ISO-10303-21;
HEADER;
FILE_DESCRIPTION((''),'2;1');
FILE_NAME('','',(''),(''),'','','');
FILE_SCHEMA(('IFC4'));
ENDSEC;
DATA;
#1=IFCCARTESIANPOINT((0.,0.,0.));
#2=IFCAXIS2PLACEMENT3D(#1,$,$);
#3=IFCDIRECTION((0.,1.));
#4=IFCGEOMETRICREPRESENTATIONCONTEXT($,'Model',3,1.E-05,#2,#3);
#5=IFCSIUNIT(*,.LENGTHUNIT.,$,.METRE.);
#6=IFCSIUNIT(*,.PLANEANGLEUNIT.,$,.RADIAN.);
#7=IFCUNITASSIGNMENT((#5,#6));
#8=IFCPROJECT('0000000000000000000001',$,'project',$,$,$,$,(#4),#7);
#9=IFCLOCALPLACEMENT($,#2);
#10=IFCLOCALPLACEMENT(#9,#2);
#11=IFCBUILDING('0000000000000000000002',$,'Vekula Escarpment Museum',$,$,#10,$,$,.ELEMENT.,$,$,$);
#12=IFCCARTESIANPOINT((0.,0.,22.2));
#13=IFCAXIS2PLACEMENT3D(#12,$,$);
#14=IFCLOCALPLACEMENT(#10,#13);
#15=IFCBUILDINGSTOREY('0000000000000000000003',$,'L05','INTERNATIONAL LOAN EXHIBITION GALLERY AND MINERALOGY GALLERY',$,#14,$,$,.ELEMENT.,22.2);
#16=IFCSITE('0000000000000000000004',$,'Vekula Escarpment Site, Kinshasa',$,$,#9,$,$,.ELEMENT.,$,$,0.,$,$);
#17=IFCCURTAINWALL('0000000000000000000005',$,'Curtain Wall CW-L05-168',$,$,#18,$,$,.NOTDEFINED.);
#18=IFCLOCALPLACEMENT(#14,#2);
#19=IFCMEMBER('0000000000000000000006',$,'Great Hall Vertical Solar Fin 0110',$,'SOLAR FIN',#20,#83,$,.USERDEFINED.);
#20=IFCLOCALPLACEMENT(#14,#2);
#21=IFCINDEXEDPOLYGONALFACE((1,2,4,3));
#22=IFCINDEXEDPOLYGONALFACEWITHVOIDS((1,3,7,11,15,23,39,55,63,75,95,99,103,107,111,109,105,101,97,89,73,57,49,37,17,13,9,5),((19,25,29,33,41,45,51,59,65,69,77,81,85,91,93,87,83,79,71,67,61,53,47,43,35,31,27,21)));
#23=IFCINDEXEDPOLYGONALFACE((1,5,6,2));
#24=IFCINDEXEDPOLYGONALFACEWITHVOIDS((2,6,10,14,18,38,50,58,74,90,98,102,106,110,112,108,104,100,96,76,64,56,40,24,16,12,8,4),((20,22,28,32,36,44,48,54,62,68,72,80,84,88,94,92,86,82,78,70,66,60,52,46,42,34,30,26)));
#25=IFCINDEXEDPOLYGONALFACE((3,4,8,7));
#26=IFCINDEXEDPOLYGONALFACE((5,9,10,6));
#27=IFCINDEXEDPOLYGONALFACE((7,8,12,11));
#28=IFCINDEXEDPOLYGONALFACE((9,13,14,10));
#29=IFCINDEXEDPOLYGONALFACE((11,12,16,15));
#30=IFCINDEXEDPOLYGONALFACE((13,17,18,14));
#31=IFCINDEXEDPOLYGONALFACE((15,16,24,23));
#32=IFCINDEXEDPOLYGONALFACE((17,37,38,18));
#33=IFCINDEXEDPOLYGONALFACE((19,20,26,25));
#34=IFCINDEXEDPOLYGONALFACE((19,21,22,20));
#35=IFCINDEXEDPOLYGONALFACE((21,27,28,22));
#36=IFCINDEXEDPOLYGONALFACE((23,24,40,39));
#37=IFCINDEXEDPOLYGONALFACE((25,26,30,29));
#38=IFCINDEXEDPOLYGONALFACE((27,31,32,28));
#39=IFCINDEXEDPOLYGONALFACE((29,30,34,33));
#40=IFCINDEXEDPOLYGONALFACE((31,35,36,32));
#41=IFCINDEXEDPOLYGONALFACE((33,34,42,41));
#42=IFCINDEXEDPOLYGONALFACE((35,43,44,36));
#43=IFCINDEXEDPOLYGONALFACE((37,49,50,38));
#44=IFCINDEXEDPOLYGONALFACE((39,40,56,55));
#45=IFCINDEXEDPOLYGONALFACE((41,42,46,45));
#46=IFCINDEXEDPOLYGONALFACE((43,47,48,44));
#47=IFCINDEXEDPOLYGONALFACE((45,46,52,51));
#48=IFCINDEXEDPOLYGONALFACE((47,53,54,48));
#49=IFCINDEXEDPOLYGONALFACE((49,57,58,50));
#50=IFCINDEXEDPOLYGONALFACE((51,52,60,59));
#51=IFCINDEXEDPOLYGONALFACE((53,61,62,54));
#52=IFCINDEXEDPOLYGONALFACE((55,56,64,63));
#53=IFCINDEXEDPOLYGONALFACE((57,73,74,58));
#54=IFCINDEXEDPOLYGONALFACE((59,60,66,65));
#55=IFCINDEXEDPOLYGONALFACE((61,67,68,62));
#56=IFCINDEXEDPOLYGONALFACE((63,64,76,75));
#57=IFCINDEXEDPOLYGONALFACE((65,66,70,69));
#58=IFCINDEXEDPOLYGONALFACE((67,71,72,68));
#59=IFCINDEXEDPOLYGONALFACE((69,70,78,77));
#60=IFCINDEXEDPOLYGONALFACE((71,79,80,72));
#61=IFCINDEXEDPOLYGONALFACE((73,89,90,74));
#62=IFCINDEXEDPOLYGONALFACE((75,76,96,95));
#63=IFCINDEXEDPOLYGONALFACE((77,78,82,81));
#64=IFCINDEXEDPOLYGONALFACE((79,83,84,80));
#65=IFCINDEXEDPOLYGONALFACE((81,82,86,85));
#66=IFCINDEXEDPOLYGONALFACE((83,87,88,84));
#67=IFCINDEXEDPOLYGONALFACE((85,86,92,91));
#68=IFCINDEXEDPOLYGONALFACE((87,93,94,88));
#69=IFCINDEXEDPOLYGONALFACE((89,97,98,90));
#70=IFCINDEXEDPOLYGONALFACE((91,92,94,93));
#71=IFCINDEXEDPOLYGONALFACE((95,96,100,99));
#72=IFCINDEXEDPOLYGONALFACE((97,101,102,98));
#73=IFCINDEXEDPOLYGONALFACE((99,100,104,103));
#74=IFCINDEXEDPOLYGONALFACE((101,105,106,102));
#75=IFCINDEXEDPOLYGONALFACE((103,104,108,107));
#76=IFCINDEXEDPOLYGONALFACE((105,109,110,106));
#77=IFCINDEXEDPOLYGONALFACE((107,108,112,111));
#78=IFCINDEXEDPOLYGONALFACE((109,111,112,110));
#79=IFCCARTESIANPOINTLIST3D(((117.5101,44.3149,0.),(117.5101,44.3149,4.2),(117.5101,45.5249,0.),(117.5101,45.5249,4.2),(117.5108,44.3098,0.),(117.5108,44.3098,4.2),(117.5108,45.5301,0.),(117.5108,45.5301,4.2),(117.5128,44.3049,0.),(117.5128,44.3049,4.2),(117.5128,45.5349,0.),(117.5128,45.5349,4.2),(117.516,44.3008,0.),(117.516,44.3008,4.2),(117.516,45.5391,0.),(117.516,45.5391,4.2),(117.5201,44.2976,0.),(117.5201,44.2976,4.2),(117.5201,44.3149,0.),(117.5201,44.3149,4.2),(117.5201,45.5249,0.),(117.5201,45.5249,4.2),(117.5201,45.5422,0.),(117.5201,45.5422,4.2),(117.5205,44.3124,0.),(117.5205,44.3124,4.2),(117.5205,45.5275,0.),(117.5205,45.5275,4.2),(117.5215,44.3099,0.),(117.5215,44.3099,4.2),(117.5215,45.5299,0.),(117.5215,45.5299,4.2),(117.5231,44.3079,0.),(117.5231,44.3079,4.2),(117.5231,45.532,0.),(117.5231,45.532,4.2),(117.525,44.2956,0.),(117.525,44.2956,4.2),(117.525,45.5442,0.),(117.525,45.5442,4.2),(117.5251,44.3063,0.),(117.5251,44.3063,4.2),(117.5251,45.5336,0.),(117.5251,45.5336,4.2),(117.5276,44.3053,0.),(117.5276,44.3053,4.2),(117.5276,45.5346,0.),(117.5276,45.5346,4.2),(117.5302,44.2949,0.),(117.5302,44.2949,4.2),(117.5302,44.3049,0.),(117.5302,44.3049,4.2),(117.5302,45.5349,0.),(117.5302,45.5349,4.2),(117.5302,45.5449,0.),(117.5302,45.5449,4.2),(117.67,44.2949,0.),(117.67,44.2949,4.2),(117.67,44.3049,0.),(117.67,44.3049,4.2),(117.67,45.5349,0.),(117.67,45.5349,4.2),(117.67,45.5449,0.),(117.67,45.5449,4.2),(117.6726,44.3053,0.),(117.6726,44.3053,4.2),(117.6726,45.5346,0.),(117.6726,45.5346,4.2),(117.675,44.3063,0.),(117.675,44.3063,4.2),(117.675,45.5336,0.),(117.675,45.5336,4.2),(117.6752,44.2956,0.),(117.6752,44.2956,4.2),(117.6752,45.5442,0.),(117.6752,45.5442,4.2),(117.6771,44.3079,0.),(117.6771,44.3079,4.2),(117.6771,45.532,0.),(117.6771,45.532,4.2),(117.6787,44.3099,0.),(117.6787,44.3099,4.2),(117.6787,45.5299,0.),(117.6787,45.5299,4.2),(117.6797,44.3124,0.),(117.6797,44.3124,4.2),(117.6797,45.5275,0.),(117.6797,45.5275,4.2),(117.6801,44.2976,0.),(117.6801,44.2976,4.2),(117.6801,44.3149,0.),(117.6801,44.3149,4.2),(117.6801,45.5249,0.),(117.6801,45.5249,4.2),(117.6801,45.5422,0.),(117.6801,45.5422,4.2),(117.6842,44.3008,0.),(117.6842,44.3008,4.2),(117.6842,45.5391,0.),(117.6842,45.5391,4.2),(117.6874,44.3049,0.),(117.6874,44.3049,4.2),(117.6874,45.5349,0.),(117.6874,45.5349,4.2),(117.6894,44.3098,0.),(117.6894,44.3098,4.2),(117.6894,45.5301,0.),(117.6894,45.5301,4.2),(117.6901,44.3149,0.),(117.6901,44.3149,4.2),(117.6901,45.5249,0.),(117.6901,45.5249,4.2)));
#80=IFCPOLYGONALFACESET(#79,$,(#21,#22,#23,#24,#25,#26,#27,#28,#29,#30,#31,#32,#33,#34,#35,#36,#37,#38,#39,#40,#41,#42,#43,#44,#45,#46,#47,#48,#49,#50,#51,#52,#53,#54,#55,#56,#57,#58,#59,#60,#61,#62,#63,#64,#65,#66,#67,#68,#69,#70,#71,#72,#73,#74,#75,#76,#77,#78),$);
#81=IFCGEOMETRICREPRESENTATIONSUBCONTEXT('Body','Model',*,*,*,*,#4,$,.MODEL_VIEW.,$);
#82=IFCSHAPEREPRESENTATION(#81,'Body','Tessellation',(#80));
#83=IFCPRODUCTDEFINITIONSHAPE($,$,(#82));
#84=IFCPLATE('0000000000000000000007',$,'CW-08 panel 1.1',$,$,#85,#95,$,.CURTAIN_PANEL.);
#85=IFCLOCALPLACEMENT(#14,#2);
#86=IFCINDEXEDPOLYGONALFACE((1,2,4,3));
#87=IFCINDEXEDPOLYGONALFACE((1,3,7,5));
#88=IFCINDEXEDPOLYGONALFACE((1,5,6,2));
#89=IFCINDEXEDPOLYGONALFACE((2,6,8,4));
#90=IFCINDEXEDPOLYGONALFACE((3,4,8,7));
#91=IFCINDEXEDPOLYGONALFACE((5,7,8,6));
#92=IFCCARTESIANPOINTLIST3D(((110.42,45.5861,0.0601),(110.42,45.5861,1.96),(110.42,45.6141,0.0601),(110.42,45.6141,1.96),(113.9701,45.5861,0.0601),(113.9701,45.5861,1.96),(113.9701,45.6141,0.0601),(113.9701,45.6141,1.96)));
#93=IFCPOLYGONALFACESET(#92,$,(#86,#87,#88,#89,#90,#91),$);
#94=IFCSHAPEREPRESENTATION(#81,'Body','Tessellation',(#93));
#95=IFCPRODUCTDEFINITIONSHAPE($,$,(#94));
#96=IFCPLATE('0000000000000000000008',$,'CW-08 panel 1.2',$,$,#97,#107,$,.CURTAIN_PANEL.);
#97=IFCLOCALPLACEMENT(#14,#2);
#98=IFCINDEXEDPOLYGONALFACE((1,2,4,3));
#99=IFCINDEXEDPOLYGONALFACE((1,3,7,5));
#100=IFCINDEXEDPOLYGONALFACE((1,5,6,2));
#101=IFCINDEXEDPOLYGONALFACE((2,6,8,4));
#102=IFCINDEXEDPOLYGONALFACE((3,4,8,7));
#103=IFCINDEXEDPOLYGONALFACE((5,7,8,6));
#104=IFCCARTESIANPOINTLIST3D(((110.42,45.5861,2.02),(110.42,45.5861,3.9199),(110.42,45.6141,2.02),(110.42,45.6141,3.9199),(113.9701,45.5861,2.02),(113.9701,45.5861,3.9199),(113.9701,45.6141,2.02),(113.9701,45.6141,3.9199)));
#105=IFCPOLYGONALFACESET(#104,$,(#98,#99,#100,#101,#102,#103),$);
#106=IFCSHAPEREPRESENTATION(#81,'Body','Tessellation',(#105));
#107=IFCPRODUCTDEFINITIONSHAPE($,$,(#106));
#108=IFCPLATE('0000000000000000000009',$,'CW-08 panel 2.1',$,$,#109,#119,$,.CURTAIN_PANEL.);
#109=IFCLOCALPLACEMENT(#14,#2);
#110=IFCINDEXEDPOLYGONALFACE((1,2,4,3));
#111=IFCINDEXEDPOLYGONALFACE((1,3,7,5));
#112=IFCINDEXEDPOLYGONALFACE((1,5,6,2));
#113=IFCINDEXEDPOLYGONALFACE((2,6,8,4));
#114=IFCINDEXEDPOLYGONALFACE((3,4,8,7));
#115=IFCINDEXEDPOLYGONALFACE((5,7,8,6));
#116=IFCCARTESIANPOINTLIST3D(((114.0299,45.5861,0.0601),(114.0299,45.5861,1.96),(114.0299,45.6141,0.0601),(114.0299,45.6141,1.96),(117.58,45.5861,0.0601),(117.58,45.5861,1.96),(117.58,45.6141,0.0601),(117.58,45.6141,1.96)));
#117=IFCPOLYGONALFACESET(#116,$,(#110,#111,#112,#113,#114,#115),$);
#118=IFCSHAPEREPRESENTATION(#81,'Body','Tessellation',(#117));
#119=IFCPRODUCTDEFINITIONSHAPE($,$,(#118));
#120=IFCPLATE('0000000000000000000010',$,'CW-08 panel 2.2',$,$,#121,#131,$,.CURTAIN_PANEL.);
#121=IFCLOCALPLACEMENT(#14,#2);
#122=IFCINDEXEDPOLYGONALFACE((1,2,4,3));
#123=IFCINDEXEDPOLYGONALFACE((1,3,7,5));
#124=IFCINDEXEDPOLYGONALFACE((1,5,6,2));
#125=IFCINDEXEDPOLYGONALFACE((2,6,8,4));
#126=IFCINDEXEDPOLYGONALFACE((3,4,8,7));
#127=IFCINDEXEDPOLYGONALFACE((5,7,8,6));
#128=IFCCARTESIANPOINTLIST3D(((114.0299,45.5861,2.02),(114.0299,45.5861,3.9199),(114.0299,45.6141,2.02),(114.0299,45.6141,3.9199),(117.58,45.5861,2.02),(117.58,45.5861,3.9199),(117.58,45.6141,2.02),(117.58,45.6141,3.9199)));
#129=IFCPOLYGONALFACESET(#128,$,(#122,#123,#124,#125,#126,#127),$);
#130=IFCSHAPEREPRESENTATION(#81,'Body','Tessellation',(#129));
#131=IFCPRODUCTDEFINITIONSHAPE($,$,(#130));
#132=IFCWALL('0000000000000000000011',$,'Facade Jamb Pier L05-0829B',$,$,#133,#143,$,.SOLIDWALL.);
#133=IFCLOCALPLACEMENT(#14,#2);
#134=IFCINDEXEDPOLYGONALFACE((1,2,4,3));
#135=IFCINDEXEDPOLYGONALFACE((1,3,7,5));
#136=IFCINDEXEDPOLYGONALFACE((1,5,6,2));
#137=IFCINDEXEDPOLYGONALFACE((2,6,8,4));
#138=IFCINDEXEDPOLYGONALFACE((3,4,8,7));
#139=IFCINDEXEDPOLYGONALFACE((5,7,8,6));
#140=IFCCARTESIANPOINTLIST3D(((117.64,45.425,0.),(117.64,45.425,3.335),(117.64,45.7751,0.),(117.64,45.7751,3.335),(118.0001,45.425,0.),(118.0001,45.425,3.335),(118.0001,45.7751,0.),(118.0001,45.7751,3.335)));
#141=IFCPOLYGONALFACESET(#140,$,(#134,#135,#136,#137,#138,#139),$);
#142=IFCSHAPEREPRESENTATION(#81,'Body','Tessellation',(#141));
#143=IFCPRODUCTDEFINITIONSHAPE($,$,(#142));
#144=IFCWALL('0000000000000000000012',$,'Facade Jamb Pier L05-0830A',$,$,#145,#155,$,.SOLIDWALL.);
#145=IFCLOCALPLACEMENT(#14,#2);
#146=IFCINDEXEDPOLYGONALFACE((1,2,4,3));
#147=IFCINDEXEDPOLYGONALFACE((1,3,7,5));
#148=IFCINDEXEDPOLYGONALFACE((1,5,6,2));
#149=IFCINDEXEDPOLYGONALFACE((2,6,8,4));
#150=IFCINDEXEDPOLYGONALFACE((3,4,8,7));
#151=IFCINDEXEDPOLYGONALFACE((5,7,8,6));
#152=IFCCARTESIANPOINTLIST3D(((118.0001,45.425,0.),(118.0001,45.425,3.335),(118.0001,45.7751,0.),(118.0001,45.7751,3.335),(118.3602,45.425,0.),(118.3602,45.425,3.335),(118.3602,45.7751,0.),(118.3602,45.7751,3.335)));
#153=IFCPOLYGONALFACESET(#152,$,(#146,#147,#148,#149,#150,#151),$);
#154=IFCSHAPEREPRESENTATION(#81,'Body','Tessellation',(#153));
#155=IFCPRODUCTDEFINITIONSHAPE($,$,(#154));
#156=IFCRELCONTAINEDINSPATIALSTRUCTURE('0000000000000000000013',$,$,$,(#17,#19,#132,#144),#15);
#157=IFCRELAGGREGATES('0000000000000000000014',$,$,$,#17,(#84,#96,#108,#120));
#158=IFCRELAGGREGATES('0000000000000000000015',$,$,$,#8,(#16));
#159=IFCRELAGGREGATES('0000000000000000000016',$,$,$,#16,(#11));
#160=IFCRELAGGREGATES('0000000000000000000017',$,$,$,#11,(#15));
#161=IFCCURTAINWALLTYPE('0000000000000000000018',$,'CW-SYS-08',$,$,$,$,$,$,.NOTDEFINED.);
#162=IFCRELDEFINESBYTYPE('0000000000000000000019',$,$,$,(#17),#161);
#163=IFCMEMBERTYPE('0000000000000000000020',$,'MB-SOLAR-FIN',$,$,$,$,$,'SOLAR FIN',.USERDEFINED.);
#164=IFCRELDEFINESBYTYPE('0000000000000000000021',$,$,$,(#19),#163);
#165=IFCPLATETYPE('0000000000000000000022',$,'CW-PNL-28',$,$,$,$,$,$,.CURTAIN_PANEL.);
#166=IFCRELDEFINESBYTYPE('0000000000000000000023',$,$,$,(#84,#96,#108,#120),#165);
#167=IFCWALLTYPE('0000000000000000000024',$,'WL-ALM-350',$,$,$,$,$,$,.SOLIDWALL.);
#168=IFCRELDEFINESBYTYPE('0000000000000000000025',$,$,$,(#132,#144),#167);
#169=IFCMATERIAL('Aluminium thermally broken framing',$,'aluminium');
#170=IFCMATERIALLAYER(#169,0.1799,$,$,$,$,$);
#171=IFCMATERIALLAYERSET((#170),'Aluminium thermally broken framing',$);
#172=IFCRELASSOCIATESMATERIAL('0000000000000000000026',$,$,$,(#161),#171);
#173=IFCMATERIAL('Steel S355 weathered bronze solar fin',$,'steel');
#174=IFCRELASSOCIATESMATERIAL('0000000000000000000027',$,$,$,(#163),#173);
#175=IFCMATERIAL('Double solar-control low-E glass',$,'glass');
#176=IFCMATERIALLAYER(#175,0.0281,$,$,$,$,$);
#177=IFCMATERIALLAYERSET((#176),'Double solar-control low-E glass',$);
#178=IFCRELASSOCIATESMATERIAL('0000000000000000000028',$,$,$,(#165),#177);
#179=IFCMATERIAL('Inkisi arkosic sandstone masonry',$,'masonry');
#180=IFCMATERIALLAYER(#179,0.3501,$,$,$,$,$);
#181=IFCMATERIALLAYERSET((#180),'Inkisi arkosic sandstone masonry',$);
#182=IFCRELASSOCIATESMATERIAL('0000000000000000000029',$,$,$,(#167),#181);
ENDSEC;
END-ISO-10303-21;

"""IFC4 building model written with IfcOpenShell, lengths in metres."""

from ifc_helpers import new_model, si_unit, direction, frame, frame_2d, origin, origin_2d, place, context, subcontext, project, spatial, rectangle, hollow_rectangle, extrude, material, layer, layer_set, material_profile, profile_set, type_object, element, aggregate, save


model = new_model("IFC4")

# Units and contexts
model_context = context("Model", 3, precision=1e-05, world=origin(), true_north=direction((0.0, 1.0)))
body_context = subcontext(model_context, "Body", "Model", "MODEL_VIEW")
ifc_project = project(units=[si_unit("LENGTHUNIT", "METRE"), si_unit("PLANEANGLEUNIT", "RADIAN")], contexts=[model_context])

# Site, building, storey
site_placement = place(None, origin())
site = spatial("IfcSite", under=ifc_project, at=site_placement, Name="Vekula Escarpment Site, Kinshasa", CompositionType="ELEMENT", RefElevation=0.0)
building_placement = place(site_placement, origin())
building = spatial("IfcBuilding", under=site, at=building_placement, Name="Vekula Escarpment Museum", CompositionType="ELEMENT")
storey_placement = place(building_placement, frame((0.0, 0.0, 22.2)))
storey = spatial("IfcBuildingStorey", under=building, at=storey_placement, Name="L05", Description="INTERNATIONAL LOAN EXHIBITION GALLERY AND MINERALOGY GALLERY", CompositionType="ELEMENT", Elevation=22.2)

# Curtain wall
ifc_material_1 = material(Name="Aluminium thermally broken framing", Category="aluminium")
ifc_layer_1 = layer(ifc_material_1, 0.1799)
ifc_layer_set_1 = layer_set([ifc_layer_1], Name="Aluminium thermally broken framing")
curtain_wall_type_1 = type_object("IfcCurtainWallType", Name="CW-SYS-08", PredefinedType="NOTDEFINED", material=ifc_layer_set_1)
curtain_wall_1_placement = place(storey_placement, origin())
curtain_wall_1 = element("IfcCurtainWall", 1, at=curtain_wall_1_placement, inside=storey, type_object=curtain_wall_type_1, Name="Curtain Wall CW-L05-168", PredefinedType="NOTDEFINED")

# Member
ifc_material_2 = material(Name="Steel S355 weathered bronze solar fin", Category="steel")
ifc_material_profile_1 = material_profile(ifc_material_2, hollow_rectangle(XDim=0.1799, YDim=1.25, WallThickness=0.01, InnerFilletRadius=0.01, OuterFilletRadius=0.02, at=origin_2d()), Name="RHS 1250x180x10")
ifc_profile_set_1 = profile_set([ifc_material_profile_1], Name="Steel S355 weathered bronze solar fin")
member_type_1 = type_object("IfcMemberType", Name="MB-SOLAR-FIN", ElementType="SOLAR FIN", PredefinedType="USERDEFINED", material=ifc_profile_set_1)
for number, where, z_axis, x_axis, name in (
    (2, (117.6001, 44.9199, 0.0), (0.0, 0.0, 1.0), (1.0, 0.0, 0.0), "Great Hall Vertical Solar Fin 0110"),
):
    element("IfcMember", number, at=place(storey_placement, frame(where, z_axis=z_axis, x_axis=x_axis)), inside=storey, type_object=member_type_1, Name=name, ObjectType="SOLAR FIN", PredefinedType="USERDEFINED", context=body_context, shape_type="SweptSolid", body=[
        extrude(hollow_rectangle(XDim=0.1799, YDim=1.25, WallThickness=0.01, InnerFilletRadius=0.01, OuterFilletRadius=0.02, at=origin_2d()), origin(), (0.0, 0.0, 1.0), 4.2),
    ])

# Plates
ifc_material_3 = material(Name="Double solar-control low-E glass", Category="glass")
ifc_layer_2 = layer(ifc_material_3, 0.0281)
ifc_layer_set_2 = layer_set([ifc_layer_2], Name="Double solar-control low-E glass")
plate_type = type_object("IfcPlateType", Name="CW-PNL-28", PredefinedType="CURTAIN_PANEL", material=ifc_layer_set_2)
plate_1_placement = place(storey_placement, frame((112.1951, 45.6001, 0.0601), z_axis=(0.0, 0.0, 1.0), x_axis=(1.0, 0.0, 0.0)))
plate_1 = element("IfcPlate", 3, at=plate_1_placement, type_object=plate_type, Name="CW-08 panel 1.1", PredefinedType="CURTAIN_PANEL", context=body_context, shape_type="SweptSolid", body=[
    extrude(rectangle(XDim=3.55, YDim=0.0281, at=origin_2d()), origin(), (0.0, 0.0, 1.0), 1.8999),
])
plate_2_placement = place(storey_placement, frame((112.1951, 45.6001, 2.02), z_axis=(0.0, 0.0, 1.0), x_axis=(1.0, 0.0, 0.0)))
plate_2 = element("IfcPlate", 4, at=plate_2_placement, type_object=plate_type, Name="CW-08 panel 1.2", PredefinedType="CURTAIN_PANEL", context=body_context, shape_type="SweptSolid", body=[
    extrude(rectangle(XDim=3.55, YDim=0.0281, at=origin_2d()), origin(), (0.0, 0.0, 1.0), 1.8999),
])
plate_3_placement = place(storey_placement, frame((115.8049, 45.6001, 0.0601), z_axis=(0.0, 0.0, 1.0), x_axis=(1.0, 0.0, 0.0)))
plate_3 = element("IfcPlate", 5, at=plate_3_placement, type_object=plate_type, Name="CW-08 panel 2.1", PredefinedType="CURTAIN_PANEL", context=body_context, shape_type="SweptSolid", body=[
    extrude(rectangle(XDim=3.55, YDim=0.0281, at=origin_2d()), origin(), (0.0, 0.0, 1.0), 1.8999),
])
plate_4_placement = place(storey_placement, frame((115.8049, 45.6001, 2.02), z_axis=(0.0, 0.0, 1.0), x_axis=(1.0, 0.0, 0.0)))
plate_4 = element("IfcPlate", 6, at=plate_4_placement, type_object=plate_type, Name="CW-08 panel 2.2", PredefinedType="CURTAIN_PANEL", context=body_context, shape_type="SweptSolid", body=[
    extrude(rectangle(XDim=3.55, YDim=0.0281, at=origin_2d()), origin(), (0.0, 0.0, 1.0), 1.8999),
])
aggregate(curtain_wall_1, [plate_1, plate_2, plate_3, plate_4])

# Walls
ifc_material_4 = material(Name="Inkisi arkosic sandstone masonry", Category="masonry")
ifc_layer_3 = layer(ifc_material_4, 0.3501)
ifc_layer_set_3 = layer_set([ifc_layer_3], Name="Inkisi arkosic sandstone masonry")
wall_type = type_object("IfcWallType", Name="WL-ALM-350", PredefinedType="SOLIDWALL", material=ifc_layer_set_3)
for number, where, z_axis, x_axis, name in (
    (7, (117.6399, 45.6001, 0.0), (0.0, 0.0, 1.0), (1.0, 0.0, 0.0), "Facade Jamb Pier L05-0829B"),
    (8, (118.0, 45.6001, 0.0), (0.0, 0.0, 1.0), (1.0, 0.0, 0.0), "Facade Jamb Pier L05-0830A"),
):
    element("IfcWall", number, at=place(storey_placement, frame(where, z_axis=z_axis, x_axis=x_axis)), inside=storey, type_object=wall_type, Name=name, PredefinedType="SOLIDWALL", context=body_context, shape_type="SweptSolid", body=[
        extrude(rectangle(XDim=0.3601, YDim=0.3501, at=frame_2d((0.1802, 0.0))), origin(), (0.0, 0.0, 1.0), 3.335),
    ])

save(model, "model.ifc")
